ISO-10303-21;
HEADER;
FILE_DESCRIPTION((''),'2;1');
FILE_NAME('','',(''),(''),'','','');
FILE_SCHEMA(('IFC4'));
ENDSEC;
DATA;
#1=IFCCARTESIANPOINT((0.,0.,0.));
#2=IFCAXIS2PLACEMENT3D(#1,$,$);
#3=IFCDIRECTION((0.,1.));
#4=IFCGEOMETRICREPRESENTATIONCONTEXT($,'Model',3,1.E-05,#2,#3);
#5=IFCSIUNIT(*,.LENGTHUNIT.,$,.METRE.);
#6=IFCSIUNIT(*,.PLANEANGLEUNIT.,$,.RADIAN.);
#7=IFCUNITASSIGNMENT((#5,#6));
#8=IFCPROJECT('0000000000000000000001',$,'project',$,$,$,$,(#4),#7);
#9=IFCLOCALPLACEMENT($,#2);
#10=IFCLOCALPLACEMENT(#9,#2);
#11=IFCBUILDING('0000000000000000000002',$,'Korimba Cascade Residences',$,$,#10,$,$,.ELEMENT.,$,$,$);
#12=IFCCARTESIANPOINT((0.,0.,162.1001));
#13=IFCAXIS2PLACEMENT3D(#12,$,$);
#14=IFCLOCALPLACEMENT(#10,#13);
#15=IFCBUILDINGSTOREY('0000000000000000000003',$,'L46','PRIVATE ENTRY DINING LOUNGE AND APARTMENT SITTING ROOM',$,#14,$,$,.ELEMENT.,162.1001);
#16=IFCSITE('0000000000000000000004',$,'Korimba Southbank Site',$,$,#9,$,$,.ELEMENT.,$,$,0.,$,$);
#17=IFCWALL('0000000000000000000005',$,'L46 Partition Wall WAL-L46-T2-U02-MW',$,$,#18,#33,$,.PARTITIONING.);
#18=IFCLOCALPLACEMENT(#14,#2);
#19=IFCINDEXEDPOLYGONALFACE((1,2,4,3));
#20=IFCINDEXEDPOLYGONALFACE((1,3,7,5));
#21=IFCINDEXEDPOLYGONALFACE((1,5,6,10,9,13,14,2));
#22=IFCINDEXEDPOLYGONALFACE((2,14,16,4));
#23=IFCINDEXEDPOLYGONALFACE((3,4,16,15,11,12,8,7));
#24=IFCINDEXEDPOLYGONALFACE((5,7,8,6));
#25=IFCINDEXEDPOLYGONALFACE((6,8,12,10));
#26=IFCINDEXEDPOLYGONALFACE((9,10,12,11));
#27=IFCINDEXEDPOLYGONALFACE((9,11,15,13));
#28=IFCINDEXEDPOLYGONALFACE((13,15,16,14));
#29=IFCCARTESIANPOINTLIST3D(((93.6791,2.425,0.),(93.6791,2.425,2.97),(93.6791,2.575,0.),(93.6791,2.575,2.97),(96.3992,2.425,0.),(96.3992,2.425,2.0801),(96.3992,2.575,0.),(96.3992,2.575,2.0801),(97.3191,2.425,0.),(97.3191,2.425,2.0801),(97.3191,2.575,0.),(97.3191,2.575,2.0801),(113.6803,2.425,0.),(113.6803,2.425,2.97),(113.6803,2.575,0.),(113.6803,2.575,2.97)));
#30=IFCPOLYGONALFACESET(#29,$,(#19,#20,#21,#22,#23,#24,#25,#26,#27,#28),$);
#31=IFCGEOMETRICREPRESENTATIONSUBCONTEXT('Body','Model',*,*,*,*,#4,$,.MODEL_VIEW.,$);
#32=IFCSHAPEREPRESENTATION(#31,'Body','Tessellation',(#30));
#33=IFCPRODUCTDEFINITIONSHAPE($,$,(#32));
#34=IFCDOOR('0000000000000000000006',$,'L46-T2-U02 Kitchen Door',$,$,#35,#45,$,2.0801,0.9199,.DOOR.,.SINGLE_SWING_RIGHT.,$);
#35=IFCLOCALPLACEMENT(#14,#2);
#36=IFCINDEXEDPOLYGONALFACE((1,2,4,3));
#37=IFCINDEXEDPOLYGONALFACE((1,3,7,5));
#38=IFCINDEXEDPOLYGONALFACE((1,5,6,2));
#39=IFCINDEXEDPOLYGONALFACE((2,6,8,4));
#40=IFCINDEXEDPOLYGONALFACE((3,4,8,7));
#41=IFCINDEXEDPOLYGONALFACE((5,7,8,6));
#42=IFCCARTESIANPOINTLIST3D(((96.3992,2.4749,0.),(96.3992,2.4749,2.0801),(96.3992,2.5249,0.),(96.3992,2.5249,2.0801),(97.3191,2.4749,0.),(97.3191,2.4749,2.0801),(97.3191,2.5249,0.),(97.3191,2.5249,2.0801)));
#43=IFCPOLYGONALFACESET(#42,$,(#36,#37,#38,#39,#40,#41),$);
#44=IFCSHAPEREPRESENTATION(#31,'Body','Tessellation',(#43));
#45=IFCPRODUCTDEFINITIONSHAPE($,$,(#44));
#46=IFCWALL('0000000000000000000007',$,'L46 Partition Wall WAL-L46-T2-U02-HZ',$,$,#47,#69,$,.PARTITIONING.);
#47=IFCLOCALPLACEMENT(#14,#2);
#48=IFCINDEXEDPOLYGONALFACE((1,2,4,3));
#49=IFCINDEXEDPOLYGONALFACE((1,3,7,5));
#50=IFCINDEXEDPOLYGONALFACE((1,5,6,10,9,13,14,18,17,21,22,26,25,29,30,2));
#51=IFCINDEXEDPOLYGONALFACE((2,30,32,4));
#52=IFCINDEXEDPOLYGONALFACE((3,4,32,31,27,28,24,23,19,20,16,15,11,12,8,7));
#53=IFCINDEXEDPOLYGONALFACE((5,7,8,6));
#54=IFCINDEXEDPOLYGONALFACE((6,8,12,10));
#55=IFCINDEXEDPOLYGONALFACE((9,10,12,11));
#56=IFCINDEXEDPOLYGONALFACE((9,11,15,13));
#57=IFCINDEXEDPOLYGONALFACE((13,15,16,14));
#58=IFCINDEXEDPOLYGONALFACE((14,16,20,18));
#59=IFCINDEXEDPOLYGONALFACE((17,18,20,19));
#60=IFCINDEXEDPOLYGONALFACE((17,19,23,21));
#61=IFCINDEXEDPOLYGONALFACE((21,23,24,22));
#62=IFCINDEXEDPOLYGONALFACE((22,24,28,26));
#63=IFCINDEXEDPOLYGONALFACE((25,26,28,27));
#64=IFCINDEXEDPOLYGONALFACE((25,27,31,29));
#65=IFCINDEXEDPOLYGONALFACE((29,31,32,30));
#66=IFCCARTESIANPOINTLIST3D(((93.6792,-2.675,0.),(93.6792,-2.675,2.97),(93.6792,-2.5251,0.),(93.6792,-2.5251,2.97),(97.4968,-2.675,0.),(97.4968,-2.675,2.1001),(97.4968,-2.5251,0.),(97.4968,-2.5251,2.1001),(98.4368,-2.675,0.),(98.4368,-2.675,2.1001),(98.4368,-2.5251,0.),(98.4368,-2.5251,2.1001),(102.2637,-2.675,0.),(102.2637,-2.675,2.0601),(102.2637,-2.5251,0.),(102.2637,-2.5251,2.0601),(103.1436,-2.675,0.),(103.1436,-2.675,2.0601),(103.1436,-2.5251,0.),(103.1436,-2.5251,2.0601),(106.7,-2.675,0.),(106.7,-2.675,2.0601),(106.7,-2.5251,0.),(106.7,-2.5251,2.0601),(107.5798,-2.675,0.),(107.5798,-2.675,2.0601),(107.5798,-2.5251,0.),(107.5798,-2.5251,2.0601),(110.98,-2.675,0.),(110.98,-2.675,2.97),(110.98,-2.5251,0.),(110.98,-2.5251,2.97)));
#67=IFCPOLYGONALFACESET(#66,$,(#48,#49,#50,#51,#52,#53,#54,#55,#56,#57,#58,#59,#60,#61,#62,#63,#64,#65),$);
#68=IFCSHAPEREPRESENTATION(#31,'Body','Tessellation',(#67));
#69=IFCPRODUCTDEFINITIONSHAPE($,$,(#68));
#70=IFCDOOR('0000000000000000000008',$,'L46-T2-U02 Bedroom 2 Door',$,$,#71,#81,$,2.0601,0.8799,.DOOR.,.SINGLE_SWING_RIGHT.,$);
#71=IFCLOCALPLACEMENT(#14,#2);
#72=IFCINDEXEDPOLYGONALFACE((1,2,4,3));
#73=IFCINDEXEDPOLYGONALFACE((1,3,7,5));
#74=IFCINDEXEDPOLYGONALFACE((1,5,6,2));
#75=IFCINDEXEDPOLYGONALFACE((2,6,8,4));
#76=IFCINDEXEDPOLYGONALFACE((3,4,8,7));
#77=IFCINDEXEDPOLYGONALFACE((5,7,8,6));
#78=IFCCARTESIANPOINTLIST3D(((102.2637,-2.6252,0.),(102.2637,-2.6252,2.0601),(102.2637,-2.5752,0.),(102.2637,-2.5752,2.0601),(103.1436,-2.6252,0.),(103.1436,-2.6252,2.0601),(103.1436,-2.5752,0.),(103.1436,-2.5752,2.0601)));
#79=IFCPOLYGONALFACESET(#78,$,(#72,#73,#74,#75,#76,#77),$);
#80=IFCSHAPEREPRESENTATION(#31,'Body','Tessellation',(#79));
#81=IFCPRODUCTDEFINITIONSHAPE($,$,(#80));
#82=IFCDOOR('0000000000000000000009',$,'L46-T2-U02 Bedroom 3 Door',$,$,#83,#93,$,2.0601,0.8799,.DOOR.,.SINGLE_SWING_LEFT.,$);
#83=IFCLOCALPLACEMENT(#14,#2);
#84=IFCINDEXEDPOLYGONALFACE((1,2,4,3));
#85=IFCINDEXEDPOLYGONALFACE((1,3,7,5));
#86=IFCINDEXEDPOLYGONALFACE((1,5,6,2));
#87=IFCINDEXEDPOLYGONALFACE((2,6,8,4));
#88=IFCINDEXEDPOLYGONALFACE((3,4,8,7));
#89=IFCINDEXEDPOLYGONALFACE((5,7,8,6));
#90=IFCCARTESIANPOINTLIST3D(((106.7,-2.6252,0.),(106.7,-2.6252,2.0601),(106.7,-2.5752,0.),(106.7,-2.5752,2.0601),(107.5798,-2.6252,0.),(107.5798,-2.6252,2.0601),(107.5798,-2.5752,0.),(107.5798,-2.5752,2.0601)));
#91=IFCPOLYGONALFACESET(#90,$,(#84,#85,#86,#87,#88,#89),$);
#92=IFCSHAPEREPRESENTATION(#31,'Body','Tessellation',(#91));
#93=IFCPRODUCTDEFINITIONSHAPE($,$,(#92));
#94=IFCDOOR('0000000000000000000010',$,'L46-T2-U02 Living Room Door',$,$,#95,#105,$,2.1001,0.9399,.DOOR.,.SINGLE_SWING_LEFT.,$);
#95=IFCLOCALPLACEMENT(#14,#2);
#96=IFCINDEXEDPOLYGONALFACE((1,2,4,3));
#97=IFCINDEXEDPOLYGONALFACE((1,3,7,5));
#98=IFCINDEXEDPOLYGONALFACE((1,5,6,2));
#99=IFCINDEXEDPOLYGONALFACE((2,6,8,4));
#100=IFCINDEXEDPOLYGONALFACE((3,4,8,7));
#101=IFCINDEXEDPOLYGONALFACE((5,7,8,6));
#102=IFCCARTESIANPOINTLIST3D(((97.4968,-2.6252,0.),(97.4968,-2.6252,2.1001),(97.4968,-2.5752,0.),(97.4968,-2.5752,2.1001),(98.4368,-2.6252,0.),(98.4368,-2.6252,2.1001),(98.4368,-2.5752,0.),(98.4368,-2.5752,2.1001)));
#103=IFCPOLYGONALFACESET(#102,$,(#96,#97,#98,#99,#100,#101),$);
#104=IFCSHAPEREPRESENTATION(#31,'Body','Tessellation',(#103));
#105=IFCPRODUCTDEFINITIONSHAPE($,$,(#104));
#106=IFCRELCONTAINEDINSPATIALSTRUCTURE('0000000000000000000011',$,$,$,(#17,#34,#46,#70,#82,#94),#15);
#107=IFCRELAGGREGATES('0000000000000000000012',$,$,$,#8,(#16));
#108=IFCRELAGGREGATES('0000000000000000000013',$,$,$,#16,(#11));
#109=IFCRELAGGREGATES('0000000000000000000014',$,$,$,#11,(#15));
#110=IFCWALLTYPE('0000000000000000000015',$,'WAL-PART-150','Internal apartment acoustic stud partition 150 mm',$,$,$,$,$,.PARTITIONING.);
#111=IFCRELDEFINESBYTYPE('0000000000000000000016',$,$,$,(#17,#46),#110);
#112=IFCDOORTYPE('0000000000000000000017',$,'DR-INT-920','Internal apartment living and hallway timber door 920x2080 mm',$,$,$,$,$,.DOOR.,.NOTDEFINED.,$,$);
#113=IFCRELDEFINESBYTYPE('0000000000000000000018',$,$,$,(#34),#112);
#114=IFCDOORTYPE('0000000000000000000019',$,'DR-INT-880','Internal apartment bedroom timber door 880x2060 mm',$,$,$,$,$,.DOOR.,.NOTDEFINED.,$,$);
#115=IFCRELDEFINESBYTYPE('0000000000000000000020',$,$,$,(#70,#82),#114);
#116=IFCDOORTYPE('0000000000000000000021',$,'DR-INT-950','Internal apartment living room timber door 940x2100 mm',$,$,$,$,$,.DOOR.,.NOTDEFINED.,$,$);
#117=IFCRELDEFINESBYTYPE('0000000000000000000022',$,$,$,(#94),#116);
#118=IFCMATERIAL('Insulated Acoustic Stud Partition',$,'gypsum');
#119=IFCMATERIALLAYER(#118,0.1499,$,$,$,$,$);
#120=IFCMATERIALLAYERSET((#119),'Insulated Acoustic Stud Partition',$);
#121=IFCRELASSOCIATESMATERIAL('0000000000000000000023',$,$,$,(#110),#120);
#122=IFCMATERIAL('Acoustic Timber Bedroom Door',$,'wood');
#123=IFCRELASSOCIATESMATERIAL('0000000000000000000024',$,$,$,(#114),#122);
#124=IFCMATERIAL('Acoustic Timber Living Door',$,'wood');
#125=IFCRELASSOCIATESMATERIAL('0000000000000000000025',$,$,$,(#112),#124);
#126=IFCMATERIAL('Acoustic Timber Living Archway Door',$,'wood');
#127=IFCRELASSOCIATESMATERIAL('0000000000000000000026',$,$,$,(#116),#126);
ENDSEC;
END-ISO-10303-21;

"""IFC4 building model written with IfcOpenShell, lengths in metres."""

from ifc_helpers import new_model, si_unit, direction, frame, frame_2d, origin, place, context, subcontext, project, spatial, rectangle, extrude, material, layer, layer_set, type_object, element, fill, save


model = new_model("IFC4")

# Units and contexts
model_context = context("Model", 3, precision=1e-05, world=origin(), true_north=direction((0.0, 1.0)))
body_context = subcontext(model_context, "Body", "Model", "MODEL_VIEW")
ifc_project = project(units=[si_unit("LENGTHUNIT", "METRE"), si_unit("PLANEANGLEUNIT", "RADIAN")], contexts=[model_context])

# Site, building, storey
site_placement = place(None, origin())
site = spatial("IfcSite", under=ifc_project, at=site_placement, Name="Korimba Southbank Site", CompositionType="ELEMENT", RefElevation=0.0)
building_placement = place(site_placement, origin())
building = spatial("IfcBuilding", under=site, at=building_placement, Name="Korimba Cascade Residences", CompositionType="ELEMENT")
storey_placement = place(building_placement, frame((0.0, 0.0, 162.1001)))
storey = spatial("IfcBuildingStorey", under=building, at=storey_placement, Name="L46", Description="PRIVATE ENTRY DINING LOUNGE AND APARTMENT SITTING ROOM", CompositionType="ELEMENT", Elevation=162.1001)

# Shared definitions
ifc_material_1 = material(Name="Insulated Acoustic Stud Partition", Category="gypsum")
ifc_layer_1 = layer(ifc_material_1, 0.1499)
ifc_layer_set_1 = layer_set([ifc_layer_1], Name="Insulated Acoustic Stud Partition")
wall_type_1 = type_object("IfcWallType", Name="WAL-PART-150", Description="Internal apartment acoustic stud partition 150 mm", PredefinedType="PARTITIONING", material=ifc_layer_set_1)
ifc_material_2 = material(Name="Acoustic Timber Bedroom Door", Category="wood")
door_type_1 = type_object("IfcDoorType", Name="DR-INT-880", Description="Internal apartment bedroom timber door 880x2060 mm", OperationType="NOTDEFINED", PredefinedType="DOOR", material=ifc_material_2)

# Wall, opening, door
wall_1_placement = place(storey_placement, frame((93.6792, 2.5, 0.0), z_axis=(0.0, 0.0, 1.0), x_axis=(1.0, 0.0, 0.0)))
wall_1 = element("IfcWall", 1, at=wall_1_placement, inside=storey, type_object=wall_type_1, Name="L46 Partition Wall WAL-L46-T2-U02-MW", PredefinedType="PARTITIONING", context=body_context, shape_type="SweptSolid", body=[
    extrude(rectangle(XDim=20.0012, YDim=0.1499, at=frame_2d((10.0005, 0.0))), origin(), (0.0, 0.0, 1.0), 2.97),
])
opening_1_placement = place(wall_1_placement, frame((2.72, 0.0, 0.0)))
opening_1 = element("IfcOpeningElement", 2, at=opening_1_placement, cuts=wall_1, PredefinedType="OPENING", context=body_context, shape_type="SweptSolid", body=[
    extrude(rectangle(XDim=0.9199, YDim=2.0801, at=frame_2d((0.46, 1.04))), frame((0.0, 0.085, 0.0), z_axis=(0.0, -1.0, 0.0), x_axis=(1.0, 0.0, 0.0)), (0.0, 0.0, 1.0), 0.1699),
])
ifc_material_3 = material(Name="Acoustic Timber Living Door", Category="wood")
door_type_2 = type_object("IfcDoorType", Name="DR-INT-920", Description="Internal apartment living and hallway timber door 920x2080 mm", OperationType="NOTDEFINED", PredefinedType="DOOR", material=ifc_material_3)
door_1_placement = place(opening_1_placement, origin())
door_1 = element("IfcDoor", 3, at=door_1_placement, inside=storey, type_object=door_type_2, Name="L46-T2-U02 Kitchen Door", OperationType="SINGLE_SWING_RIGHT", OverallHeight=2.0801, OverallWidth=0.9199, PredefinedType="DOOR", context=body_context, shape_type="SweptSolid", body=[
    extrude(rectangle(XDim=0.9199, YDim=2.0801, at=frame_2d((0.46, 1.04))), frame((0.0, 0.0249, 0.0), z_axis=(0.0, -1.0, 0.0), x_axis=(1.0, 0.0, 0.0)), (0.0, 0.0, 1.0), 0.05),
])
fill(opening_1, door_1)

# Wall, openings, doors
wall_2_placement = place(storey_placement, frame((93.6792, -2.6001, 0.0), z_axis=(0.0, 0.0, 1.0), x_axis=(1.0, 0.0, 0.0)))
wall_2 = element("IfcWall", 4, at=wall_2_placement, inside=storey, type_object=wall_type_1, Name="L46 Partition Wall WAL-L46-T2-U02-HZ", PredefinedType="PARTITIONING", context=body_context, shape_type="SweptSolid", body=[
    extrude(rectangle(XDim=17.3008, YDim=0.1499, at=frame_2d((8.6504, 0.0))), origin(), (0.0, 0.0, 1.0), 2.97),
])
opening_2_placement = place(wall_2_placement, frame((3.8176, 0.0, 0.0)))
opening_2 = element("IfcOpeningElement", 5, at=opening_2_placement, cuts=wall_2, PredefinedType="OPENING", context=body_context, shape_type="SweptSolid", body=[
    extrude(rectangle(XDim=0.9399, YDim=2.1001, at=frame_2d((0.47, 1.05))), frame((0.0, 0.085, 0.0), z_axis=(0.0, -1.0, 0.0), x_axis=(1.0, 0.0, 0.0)), (0.0, 0.0, 1.0), 0.1699),
])
opening_3_placement = place(wall_2_placement, frame((8.5845, 0.0, 0.0)))
opening_3 = element("IfcOpeningElement", 6, at=opening_3_placement, cuts=wall_2, PredefinedType="OPENING", context=body_context, shape_type="SweptSolid", body=[
    extrude(rectangle(XDim=0.8799, YDim=2.0601, at=frame_2d((0.4399, 1.03))), frame((0.0, 0.085, 0.0), z_axis=(0.0, -1.0, 0.0), x_axis=(1.0, 0.0, 0.0)), (0.0, 0.0, 1.0), 0.1699),
])
opening_4_placement = place(wall_2_placement, frame((13.0208, 0.0, 0.0)))
opening_4 = element("IfcOpeningElement", 7, at=opening_4_placement, cuts=wall_2, PredefinedType="OPENING", context=body_context, shape_type="SweptSolid", body=[
    extrude(rectangle(XDim=0.8799, YDim=2.0601, at=frame_2d((0.4399, 1.03))), frame((0.0, 0.085, 0.0), z_axis=(0.0, -1.0, 0.0), x_axis=(1.0, 0.0, 0.0)), (0.0, 0.0, 1.0), 0.1699),
])
door_2_placement = place(opening_3_placement, origin())
door_2 = element("IfcDoor", 8, at=door_2_placement, inside=storey, type_object=door_type_1, Name="L46-T2-U02 Bedroom 2 Door", OperationType="SINGLE_SWING_RIGHT", OverallHeight=2.0601, OverallWidth=0.8799, PredefinedType="DOOR", context=body_context, shape_type="SweptSolid", body=[
    extrude(rectangle(XDim=0.8799, YDim=2.0601, at=frame_2d((0.4399, 1.03))), frame((0.0, 0.0249, 0.0), z_axis=(0.0, -1.0, 0.0), x_axis=(1.0, 0.0, 0.0)), (0.0, 0.0, 1.0), 0.05),
])
fill(opening_3, door_2)
door_3_placement = place(opening_4_placement, origin())
door_3 = element("IfcDoor", 9, at=door_3_placement, inside=storey, type_object=door_type_1, Name="L46-T2-U02 Bedroom 3 Door", OperationType="SINGLE_SWING_LEFT", OverallHeight=2.0601, OverallWidth=0.8799, PredefinedType="DOOR", context=body_context, shape_type="SweptSolid", body=[
    extrude(rectangle(XDim=0.8799, YDim=2.0601, at=frame_2d((0.4399, 1.03))), frame((0.0, 0.0249, 0.0), z_axis=(0.0, -1.0, 0.0), x_axis=(1.0, 0.0, 0.0)), (0.0, 0.0, 1.0), 0.05),
])
fill(opening_4, door_3)
ifc_material_4 = material(Name="Acoustic Timber Living Archway Door", Category="wood")
door_type_3 = type_object("IfcDoorType", Name="DR-INT-950", Description="Internal apartment living room timber door 940x2100 mm", OperationType="NOTDEFINED", PredefinedType="DOOR", material=ifc_material_4)
door_4_placement = place(opening_2_placement, origin())
door_4 = element("IfcDoor", 10, at=door_4_placement, inside=storey, type_object=door_type_3, Name="L46-T2-U02 Living Room Door", OperationType="SINGLE_SWING_LEFT", OverallHeight=2.1001, OverallWidth=0.9399, PredefinedType="DOOR", context=body_context, shape_type="SweptSolid", body=[
    extrude(rectangle(XDim=0.9399, YDim=2.1001, at=frame_2d((0.47, 1.05))), frame((0.0, 0.0249, 0.0), z_axis=(0.0, -1.0, 0.0), x_axis=(1.0, 0.0, 0.0)), (0.0, 0.0, 1.0), 0.05),
])
fill(opening_2, door_4)

save(model, "model.ifc")
